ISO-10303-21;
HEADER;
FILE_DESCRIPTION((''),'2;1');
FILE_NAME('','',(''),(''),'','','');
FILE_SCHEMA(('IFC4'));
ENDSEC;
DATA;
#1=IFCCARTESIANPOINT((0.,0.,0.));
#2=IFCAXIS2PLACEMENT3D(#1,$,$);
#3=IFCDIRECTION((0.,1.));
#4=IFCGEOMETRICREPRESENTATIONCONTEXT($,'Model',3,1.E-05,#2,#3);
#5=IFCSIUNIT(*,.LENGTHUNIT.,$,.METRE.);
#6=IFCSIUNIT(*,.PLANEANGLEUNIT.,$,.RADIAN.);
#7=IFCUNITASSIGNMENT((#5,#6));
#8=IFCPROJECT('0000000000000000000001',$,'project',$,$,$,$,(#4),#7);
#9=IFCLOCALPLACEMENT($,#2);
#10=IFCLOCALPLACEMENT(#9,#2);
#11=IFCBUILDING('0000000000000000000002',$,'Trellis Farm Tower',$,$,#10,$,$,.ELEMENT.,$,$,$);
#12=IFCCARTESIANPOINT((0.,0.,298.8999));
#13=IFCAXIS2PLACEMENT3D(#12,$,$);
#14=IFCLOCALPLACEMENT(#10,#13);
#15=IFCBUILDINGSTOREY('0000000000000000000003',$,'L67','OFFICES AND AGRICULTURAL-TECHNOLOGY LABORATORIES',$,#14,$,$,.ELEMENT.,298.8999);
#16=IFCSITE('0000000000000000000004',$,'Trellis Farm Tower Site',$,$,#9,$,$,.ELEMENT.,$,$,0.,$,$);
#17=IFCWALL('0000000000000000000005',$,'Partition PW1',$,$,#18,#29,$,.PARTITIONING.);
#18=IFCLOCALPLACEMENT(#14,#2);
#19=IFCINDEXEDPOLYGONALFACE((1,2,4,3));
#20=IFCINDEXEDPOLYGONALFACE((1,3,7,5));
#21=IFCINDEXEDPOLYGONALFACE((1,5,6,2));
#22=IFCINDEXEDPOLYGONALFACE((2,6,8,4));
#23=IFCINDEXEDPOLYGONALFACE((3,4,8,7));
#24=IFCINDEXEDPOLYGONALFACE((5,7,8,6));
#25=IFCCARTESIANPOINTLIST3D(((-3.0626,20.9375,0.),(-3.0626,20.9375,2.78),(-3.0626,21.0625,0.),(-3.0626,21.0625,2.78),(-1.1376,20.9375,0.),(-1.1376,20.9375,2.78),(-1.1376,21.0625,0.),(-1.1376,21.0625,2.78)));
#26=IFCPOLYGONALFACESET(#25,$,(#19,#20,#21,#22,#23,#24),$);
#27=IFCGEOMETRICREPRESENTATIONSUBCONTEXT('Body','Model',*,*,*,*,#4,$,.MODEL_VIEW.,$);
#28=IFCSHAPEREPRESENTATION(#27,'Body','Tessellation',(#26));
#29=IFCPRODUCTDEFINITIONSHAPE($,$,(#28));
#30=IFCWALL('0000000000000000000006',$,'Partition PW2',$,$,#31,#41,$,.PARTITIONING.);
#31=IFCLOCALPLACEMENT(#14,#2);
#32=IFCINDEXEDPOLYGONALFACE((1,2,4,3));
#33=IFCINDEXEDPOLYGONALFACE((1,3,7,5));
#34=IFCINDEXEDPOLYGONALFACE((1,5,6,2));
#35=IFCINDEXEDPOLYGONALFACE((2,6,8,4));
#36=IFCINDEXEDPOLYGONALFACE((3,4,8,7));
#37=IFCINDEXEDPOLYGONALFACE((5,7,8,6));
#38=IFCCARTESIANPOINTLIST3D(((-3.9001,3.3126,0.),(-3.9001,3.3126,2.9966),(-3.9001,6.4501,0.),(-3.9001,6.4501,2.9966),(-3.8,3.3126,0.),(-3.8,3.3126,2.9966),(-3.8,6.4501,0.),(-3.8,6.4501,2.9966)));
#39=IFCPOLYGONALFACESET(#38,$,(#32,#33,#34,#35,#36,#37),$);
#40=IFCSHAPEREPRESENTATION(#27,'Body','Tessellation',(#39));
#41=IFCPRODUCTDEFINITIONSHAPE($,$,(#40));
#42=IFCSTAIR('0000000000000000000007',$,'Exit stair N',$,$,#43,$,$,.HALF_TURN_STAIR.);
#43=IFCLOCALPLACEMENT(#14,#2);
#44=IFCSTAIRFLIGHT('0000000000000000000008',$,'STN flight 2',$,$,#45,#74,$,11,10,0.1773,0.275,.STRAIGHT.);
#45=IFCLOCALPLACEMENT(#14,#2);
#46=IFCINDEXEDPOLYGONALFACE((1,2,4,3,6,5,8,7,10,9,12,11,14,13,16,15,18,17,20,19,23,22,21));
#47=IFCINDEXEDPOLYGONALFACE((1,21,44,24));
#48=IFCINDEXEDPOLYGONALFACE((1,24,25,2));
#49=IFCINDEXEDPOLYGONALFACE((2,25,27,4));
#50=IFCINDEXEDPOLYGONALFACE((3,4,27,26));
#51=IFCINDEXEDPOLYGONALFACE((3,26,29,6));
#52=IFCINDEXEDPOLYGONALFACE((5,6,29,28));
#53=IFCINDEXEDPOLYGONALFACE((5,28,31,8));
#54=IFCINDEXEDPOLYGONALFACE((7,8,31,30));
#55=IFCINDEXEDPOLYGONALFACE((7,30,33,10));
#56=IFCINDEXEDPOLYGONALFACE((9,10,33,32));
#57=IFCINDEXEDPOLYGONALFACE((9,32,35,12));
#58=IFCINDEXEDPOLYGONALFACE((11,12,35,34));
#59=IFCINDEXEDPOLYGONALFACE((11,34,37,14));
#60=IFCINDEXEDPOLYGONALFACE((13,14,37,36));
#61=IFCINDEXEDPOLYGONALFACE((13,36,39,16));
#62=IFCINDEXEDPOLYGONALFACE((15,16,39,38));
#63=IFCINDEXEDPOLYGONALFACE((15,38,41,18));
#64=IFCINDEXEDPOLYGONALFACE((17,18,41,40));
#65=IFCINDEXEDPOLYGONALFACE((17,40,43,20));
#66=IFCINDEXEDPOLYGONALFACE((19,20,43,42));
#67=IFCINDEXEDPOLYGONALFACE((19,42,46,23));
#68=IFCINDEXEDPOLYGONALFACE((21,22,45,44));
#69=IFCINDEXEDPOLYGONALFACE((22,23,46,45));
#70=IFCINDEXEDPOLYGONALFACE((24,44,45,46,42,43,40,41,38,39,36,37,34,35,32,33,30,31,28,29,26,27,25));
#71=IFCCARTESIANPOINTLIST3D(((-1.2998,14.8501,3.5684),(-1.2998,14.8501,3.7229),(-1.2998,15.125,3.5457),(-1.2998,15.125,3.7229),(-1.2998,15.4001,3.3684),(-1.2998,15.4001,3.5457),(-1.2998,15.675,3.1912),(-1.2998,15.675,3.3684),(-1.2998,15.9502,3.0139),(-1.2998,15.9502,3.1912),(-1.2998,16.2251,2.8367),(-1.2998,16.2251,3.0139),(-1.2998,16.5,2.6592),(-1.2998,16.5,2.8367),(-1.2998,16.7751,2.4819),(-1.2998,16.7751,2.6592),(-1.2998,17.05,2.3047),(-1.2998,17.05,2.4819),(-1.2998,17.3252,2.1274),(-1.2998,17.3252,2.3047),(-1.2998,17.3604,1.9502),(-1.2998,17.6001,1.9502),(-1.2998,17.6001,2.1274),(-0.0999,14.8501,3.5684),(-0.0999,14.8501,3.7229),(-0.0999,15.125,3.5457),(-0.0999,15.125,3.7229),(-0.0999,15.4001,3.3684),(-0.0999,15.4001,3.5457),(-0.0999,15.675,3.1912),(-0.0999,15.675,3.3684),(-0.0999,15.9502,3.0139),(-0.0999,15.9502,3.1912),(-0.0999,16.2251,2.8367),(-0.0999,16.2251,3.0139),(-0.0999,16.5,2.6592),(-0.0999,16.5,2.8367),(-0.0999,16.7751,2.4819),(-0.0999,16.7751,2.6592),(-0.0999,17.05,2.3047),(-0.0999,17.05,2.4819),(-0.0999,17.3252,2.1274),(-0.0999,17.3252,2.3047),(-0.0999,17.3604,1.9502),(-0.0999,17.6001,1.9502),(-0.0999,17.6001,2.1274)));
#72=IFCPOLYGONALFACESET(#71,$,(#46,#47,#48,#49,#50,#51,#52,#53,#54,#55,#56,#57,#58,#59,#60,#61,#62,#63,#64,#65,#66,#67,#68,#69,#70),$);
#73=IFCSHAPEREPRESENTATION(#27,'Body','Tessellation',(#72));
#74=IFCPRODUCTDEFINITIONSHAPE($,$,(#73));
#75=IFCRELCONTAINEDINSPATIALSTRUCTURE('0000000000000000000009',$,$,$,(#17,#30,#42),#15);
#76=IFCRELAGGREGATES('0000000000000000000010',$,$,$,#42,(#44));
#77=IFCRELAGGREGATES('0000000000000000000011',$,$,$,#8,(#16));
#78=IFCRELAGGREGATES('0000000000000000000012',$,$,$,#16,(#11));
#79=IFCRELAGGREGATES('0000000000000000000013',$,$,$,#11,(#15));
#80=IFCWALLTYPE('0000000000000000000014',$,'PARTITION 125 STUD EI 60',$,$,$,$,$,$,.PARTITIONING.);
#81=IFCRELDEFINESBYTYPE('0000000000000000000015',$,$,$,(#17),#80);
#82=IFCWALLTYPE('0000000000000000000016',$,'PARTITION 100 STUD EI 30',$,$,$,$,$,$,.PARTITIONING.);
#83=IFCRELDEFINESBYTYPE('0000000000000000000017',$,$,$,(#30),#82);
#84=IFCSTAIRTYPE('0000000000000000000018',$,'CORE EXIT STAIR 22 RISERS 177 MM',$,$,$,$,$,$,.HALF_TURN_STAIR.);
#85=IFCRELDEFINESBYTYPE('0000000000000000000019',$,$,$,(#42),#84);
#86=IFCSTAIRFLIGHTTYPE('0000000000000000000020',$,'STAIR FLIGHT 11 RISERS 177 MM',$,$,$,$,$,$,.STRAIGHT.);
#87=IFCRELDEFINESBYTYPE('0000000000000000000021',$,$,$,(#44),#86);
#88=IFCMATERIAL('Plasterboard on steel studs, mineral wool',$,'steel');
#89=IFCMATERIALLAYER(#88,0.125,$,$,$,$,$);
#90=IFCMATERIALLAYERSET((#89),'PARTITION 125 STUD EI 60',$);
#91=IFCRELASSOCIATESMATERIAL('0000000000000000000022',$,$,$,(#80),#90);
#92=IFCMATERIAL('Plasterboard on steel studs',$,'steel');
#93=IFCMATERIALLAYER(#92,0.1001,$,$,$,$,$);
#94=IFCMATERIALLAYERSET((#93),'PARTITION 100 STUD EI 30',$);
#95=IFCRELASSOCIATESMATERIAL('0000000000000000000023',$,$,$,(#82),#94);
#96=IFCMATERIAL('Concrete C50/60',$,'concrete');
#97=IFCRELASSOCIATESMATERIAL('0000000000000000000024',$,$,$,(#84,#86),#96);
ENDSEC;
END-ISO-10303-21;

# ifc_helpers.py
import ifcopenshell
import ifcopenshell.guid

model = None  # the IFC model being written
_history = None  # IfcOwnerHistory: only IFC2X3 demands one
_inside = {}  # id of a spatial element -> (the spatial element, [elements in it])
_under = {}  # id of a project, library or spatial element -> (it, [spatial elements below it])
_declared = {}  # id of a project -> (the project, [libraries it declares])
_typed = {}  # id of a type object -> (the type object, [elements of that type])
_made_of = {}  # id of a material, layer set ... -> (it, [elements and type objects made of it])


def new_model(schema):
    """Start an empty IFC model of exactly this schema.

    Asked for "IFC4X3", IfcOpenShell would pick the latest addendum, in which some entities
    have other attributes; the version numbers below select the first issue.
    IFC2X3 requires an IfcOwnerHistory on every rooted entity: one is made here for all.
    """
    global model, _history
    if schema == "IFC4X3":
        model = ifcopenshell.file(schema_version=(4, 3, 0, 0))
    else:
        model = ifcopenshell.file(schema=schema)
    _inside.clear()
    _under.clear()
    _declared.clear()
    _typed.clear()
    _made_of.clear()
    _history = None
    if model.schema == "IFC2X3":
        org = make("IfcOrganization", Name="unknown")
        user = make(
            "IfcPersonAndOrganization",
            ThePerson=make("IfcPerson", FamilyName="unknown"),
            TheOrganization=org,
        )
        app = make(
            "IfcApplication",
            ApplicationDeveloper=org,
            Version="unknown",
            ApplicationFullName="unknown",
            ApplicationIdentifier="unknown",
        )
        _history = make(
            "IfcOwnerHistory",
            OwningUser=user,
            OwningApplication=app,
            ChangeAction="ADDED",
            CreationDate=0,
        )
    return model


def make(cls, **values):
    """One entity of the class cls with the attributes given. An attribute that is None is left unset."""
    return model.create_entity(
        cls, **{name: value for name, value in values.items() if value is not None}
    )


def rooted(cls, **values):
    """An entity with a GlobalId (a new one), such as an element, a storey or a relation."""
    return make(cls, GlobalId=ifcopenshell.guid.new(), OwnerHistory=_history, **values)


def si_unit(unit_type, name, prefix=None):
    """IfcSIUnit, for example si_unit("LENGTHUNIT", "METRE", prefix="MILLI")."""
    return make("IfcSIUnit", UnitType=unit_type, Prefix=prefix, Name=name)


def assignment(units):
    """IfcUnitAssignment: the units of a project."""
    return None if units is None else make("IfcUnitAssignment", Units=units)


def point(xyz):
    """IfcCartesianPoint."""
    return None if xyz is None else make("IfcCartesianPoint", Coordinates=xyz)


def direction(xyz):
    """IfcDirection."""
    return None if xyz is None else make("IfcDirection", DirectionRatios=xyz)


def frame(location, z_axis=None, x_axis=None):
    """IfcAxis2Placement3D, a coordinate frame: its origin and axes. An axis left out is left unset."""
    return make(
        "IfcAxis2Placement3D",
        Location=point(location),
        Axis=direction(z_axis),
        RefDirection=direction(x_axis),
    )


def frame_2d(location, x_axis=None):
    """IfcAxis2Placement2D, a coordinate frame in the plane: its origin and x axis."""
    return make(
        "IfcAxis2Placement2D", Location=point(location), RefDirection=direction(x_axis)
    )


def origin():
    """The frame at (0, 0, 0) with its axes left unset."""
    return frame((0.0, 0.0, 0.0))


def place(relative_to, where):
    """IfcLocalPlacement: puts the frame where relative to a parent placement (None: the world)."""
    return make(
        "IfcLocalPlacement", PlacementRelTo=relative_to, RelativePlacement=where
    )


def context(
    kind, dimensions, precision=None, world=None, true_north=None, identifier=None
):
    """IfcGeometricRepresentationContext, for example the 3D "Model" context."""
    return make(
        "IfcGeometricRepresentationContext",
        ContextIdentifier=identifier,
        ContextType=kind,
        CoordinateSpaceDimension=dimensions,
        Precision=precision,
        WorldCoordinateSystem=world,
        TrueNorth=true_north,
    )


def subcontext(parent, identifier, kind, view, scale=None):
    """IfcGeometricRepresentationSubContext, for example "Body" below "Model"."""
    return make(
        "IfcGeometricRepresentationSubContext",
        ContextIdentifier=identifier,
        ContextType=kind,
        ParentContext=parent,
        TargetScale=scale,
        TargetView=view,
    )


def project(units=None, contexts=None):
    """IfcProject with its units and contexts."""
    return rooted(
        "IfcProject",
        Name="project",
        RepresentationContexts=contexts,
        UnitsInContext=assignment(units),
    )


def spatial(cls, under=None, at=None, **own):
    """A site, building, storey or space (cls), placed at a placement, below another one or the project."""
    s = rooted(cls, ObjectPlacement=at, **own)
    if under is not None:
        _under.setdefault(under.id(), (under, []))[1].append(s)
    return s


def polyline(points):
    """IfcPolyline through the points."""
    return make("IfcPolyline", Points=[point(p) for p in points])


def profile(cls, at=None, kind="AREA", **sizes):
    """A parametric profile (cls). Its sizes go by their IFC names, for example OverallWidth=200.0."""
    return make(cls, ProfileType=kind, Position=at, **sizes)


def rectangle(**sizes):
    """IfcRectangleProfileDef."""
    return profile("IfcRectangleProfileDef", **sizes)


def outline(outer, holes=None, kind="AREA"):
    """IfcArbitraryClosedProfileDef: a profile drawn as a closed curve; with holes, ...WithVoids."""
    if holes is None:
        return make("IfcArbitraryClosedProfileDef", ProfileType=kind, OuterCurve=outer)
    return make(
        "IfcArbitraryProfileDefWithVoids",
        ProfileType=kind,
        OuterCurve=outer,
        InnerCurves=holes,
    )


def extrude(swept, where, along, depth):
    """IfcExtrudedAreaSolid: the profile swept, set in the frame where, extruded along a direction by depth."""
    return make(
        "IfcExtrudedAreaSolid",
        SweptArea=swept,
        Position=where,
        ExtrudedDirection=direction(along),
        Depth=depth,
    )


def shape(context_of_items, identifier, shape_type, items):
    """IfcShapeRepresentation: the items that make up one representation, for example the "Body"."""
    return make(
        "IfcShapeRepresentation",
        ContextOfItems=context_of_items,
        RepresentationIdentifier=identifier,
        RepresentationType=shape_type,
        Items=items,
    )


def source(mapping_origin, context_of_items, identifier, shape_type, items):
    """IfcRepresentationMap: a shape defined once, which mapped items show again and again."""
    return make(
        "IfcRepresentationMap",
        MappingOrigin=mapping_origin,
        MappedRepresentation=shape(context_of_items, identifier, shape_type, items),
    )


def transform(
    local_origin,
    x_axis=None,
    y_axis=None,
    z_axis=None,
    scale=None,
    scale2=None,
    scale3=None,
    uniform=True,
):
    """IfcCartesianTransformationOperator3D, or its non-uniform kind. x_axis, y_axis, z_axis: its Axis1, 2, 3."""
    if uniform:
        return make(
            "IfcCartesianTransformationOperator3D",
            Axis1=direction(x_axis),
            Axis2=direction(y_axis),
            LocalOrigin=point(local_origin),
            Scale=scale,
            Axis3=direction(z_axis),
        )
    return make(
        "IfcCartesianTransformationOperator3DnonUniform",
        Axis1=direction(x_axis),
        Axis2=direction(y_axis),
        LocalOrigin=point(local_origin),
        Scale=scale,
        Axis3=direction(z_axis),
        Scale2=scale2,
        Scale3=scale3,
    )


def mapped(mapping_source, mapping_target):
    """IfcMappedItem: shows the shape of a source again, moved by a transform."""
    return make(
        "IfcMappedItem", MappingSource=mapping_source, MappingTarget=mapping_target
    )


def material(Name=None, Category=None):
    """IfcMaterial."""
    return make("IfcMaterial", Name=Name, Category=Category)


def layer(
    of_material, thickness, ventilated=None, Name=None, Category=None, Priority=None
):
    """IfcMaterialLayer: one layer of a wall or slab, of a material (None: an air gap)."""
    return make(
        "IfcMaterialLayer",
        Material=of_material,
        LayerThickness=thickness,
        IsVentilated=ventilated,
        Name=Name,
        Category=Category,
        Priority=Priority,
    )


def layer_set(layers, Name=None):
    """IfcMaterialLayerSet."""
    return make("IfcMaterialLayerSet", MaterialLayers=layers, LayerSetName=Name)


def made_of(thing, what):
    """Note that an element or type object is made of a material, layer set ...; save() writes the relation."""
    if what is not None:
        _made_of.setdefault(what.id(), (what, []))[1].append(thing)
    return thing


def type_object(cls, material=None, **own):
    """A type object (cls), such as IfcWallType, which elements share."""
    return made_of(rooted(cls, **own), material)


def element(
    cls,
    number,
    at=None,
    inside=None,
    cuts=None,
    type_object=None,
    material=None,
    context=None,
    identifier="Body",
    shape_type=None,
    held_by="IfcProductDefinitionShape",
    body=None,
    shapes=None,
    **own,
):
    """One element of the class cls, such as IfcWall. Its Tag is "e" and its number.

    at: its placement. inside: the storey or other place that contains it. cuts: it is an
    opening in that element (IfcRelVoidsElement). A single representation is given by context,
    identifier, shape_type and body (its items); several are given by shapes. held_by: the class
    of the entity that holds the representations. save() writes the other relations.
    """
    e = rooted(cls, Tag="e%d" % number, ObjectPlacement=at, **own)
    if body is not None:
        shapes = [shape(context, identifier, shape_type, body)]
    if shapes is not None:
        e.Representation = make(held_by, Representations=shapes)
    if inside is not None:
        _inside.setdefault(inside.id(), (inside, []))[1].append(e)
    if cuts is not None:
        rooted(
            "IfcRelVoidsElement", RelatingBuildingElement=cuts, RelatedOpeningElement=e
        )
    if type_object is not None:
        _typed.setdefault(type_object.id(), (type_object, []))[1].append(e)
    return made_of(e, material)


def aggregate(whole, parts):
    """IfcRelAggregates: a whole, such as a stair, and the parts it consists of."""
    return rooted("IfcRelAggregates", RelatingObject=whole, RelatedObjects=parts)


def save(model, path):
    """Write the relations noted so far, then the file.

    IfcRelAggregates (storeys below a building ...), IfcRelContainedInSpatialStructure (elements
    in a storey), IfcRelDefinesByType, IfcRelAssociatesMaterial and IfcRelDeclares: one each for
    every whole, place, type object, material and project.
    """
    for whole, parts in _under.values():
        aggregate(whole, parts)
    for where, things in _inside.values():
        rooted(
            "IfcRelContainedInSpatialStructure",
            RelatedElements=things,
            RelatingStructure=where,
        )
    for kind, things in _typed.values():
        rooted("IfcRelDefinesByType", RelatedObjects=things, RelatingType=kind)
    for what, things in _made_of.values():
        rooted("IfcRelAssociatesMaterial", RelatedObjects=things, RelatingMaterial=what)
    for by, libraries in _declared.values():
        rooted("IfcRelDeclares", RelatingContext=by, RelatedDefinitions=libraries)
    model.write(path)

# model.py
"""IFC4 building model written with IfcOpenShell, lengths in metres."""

from ifc_helpers import new_model, si_unit, direction, frame, frame_2d, origin, place, context, subcontext, project, spatial, polyline, rectangle, outline, extrude, source, transform, mapped, material, layer, layer_set, type_object, element, aggregate, save


model = new_model("IFC4")

# Units and contexts
model_context = context("Model", 3, precision=1e-05, world=origin(), true_north=direction((0.0, 1.0)))
body_context = subcontext(model_context, "Body", "Model", "MODEL_VIEW")
ifc_project = project(units=[si_unit("LENGTHUNIT", "METRE"), si_unit("PLANEANGLEUNIT", "RADIAN")], contexts=[model_context])

# Site, building, storey
site_placement = place(None, origin())
site = spatial("IfcSite", under=ifc_project, at=site_placement, Name="Trellis Farm Tower Site", CompositionType="ELEMENT", RefElevation=0.0)
building_placement = place(site_placement, origin())
building = spatial("IfcBuilding", under=site, at=building_placement, Name="Trellis Farm Tower", CompositionType="ELEMENT")
storey_placement = place(building_placement, frame((0.0, 0.0, 298.8999)))
storey = spatial("IfcBuildingStorey", under=building, at=storey_placement, Name="L67", Description="OFFICES AND AGRICULTURAL-TECHNOLOGY LABORATORIES", CompositionType="ELEMENT", Elevation=298.8999)

# Shared definitions
placement = place(storey_placement, origin())

# Shared definitions
ifc_material_1 = material(Name="Concrete C50/60", Category="concrete")

# Shared definitions
ifc_material_2 = material(Name="Plasterboard on steel studs, mineral wool", Category="steel")
ifc_layer_1 = layer(ifc_material_2, 0.125)
ifc_layer_set_1 = layer_set([ifc_layer_1], Name="PARTITION 125 STUD EI 60")
wall_type_1 = type_object("IfcWallType", Name="PARTITION 125 STUD EI 60", PredefinedType="PARTITIONING", material=ifc_layer_set_1)

# Walls
shared_shape_1 = source(origin(), body_context, "Body", "SweptSolid", [
    extrude(rectangle(XDim=1.925, YDim=0.125, at=frame_2d((0.9624, 0.0))), origin(), (0.0, 0.0, 1.0), 2.78),
])
wall_1_placement = place(storey_placement, frame((-3.0625, 21.0, 0.0), z_axis=(0.0, 0.0, 1.0), x_axis=(1.0, 0.0, 0.0)))
element("IfcWall", 1, at=wall_1_placement, inside=storey, type_object=wall_type_1, Name="Partition PW1", PredefinedType="PARTITIONING", context=body_context, shape_type="MappedRepresentation", body=[
    mapped(shared_shape_1, transform((0.0, 0.0, 0.0))),
])
ifc_material_3 = material(Name="Plasterboard on steel studs", Category="steel")
ifc_layer_2 = layer(ifc_material_3, 0.1001)
ifc_layer_set_2 = layer_set([ifc_layer_2], Name="PARTITION 100 STUD EI 30")
wall_type_2 = type_object("IfcWallType", Name="PARTITION 100 STUD EI 30", PredefinedType="PARTITIONING", material=ifc_layer_set_2)
shared_shape_2 = source(origin(), body_context, "Body", "SweptSolid", [
    extrude(rectangle(XDim=3.1375, YDim=0.1001, at=frame_2d((1.5688, 0.0))), origin(), (0.0, 0.0, 1.0), 2.9966),
])
wall_2_placement = place(storey_placement, frame((-3.8501, 3.3125, 0.0), z_axis=(0.0, 0.0, 1.0), x_axis=(0.0, 1.0, 0.0)))
element("IfcWall", 2, at=wall_2_placement, inside=storey, type_object=wall_type_2, Name="Partition PW2", PredefinedType="PARTITIONING", context=body_context, shape_type="MappedRepresentation", body=[
    mapped(shared_shape_2, transform((0.0, 0.0, 0.0))),
])

# Stair, stair flight
stair_type = type_object("IfcStairType", Name="CORE EXIT STAIR 22 RISERS 177 MM", PredefinedType="HALF_TURN_STAIR", material=ifc_material_1)
stair = element("IfcStair", 3, at=placement, inside=storey, type_object=stair_type, Name="Exit stair N", PredefinedType="HALF_TURN_STAIR")
stair_flight_type = type_object("IfcStairFlightType", Name="STAIR FLIGHT 11 RISERS 177 MM", PredefinedType="STRAIGHT", material=ifc_material_1)
shared_shape_3 = source(origin(), body_context, "Body", "SweptSolid", [
    extrude(outline(polyline([(0.0, 0.0), (0.0, 0.1772), (0.2749, 0.1772), (0.2749, 0.3545), (0.55, 0.3545), (0.55, 0.5317), (0.825, 0.5317), (0.825, 0.709), (1.1001, 0.709), (1.1001, 0.8865), (1.375, 0.8865), (1.375, 1.0637), (1.6499, 1.0637), (1.6499, 1.241), (1.925, 1.241), (1.925, 1.4182), (2.2, 1.4182), (2.2, 1.5955), (2.4751, 1.5955), (2.4751, 1.7727), (2.75, 1.7727), (2.75, 1.95), (2.75, 1.6182), (0.2397, 0.0), (0.0, 0.0)])), frame((0.0, 0.6001, 0.0), z_axis=(0.0, -1.0, 0.0), x_axis=(1.0, 0.0, 0.0)), (0.0, 0.0, 1.0), 1.2),
])
stair_flight_placement = place(storey_placement, frame((-0.7, 17.6001, 1.9502), z_axis=(0.0, 0.0, 1.0), x_axis=(0.0, -1.0, 0.0)))
stair_flight = element("IfcStairFlight", 4, at=stair_flight_placement, type_object=stair_flight_type, Name="STN flight 2", NumberOfRisers=11, NumberOfTreads=10, PredefinedType="STRAIGHT", RiserHeight=0.1773, TreadLength=0.275, context=body_context, shape_type="MappedRepresentation", body=[
    mapped(shared_shape_3, transform((0.0, 0.0, 0.0))),
])
aggregate(stair, [stair_flight])

save(model, "model.ifc")
